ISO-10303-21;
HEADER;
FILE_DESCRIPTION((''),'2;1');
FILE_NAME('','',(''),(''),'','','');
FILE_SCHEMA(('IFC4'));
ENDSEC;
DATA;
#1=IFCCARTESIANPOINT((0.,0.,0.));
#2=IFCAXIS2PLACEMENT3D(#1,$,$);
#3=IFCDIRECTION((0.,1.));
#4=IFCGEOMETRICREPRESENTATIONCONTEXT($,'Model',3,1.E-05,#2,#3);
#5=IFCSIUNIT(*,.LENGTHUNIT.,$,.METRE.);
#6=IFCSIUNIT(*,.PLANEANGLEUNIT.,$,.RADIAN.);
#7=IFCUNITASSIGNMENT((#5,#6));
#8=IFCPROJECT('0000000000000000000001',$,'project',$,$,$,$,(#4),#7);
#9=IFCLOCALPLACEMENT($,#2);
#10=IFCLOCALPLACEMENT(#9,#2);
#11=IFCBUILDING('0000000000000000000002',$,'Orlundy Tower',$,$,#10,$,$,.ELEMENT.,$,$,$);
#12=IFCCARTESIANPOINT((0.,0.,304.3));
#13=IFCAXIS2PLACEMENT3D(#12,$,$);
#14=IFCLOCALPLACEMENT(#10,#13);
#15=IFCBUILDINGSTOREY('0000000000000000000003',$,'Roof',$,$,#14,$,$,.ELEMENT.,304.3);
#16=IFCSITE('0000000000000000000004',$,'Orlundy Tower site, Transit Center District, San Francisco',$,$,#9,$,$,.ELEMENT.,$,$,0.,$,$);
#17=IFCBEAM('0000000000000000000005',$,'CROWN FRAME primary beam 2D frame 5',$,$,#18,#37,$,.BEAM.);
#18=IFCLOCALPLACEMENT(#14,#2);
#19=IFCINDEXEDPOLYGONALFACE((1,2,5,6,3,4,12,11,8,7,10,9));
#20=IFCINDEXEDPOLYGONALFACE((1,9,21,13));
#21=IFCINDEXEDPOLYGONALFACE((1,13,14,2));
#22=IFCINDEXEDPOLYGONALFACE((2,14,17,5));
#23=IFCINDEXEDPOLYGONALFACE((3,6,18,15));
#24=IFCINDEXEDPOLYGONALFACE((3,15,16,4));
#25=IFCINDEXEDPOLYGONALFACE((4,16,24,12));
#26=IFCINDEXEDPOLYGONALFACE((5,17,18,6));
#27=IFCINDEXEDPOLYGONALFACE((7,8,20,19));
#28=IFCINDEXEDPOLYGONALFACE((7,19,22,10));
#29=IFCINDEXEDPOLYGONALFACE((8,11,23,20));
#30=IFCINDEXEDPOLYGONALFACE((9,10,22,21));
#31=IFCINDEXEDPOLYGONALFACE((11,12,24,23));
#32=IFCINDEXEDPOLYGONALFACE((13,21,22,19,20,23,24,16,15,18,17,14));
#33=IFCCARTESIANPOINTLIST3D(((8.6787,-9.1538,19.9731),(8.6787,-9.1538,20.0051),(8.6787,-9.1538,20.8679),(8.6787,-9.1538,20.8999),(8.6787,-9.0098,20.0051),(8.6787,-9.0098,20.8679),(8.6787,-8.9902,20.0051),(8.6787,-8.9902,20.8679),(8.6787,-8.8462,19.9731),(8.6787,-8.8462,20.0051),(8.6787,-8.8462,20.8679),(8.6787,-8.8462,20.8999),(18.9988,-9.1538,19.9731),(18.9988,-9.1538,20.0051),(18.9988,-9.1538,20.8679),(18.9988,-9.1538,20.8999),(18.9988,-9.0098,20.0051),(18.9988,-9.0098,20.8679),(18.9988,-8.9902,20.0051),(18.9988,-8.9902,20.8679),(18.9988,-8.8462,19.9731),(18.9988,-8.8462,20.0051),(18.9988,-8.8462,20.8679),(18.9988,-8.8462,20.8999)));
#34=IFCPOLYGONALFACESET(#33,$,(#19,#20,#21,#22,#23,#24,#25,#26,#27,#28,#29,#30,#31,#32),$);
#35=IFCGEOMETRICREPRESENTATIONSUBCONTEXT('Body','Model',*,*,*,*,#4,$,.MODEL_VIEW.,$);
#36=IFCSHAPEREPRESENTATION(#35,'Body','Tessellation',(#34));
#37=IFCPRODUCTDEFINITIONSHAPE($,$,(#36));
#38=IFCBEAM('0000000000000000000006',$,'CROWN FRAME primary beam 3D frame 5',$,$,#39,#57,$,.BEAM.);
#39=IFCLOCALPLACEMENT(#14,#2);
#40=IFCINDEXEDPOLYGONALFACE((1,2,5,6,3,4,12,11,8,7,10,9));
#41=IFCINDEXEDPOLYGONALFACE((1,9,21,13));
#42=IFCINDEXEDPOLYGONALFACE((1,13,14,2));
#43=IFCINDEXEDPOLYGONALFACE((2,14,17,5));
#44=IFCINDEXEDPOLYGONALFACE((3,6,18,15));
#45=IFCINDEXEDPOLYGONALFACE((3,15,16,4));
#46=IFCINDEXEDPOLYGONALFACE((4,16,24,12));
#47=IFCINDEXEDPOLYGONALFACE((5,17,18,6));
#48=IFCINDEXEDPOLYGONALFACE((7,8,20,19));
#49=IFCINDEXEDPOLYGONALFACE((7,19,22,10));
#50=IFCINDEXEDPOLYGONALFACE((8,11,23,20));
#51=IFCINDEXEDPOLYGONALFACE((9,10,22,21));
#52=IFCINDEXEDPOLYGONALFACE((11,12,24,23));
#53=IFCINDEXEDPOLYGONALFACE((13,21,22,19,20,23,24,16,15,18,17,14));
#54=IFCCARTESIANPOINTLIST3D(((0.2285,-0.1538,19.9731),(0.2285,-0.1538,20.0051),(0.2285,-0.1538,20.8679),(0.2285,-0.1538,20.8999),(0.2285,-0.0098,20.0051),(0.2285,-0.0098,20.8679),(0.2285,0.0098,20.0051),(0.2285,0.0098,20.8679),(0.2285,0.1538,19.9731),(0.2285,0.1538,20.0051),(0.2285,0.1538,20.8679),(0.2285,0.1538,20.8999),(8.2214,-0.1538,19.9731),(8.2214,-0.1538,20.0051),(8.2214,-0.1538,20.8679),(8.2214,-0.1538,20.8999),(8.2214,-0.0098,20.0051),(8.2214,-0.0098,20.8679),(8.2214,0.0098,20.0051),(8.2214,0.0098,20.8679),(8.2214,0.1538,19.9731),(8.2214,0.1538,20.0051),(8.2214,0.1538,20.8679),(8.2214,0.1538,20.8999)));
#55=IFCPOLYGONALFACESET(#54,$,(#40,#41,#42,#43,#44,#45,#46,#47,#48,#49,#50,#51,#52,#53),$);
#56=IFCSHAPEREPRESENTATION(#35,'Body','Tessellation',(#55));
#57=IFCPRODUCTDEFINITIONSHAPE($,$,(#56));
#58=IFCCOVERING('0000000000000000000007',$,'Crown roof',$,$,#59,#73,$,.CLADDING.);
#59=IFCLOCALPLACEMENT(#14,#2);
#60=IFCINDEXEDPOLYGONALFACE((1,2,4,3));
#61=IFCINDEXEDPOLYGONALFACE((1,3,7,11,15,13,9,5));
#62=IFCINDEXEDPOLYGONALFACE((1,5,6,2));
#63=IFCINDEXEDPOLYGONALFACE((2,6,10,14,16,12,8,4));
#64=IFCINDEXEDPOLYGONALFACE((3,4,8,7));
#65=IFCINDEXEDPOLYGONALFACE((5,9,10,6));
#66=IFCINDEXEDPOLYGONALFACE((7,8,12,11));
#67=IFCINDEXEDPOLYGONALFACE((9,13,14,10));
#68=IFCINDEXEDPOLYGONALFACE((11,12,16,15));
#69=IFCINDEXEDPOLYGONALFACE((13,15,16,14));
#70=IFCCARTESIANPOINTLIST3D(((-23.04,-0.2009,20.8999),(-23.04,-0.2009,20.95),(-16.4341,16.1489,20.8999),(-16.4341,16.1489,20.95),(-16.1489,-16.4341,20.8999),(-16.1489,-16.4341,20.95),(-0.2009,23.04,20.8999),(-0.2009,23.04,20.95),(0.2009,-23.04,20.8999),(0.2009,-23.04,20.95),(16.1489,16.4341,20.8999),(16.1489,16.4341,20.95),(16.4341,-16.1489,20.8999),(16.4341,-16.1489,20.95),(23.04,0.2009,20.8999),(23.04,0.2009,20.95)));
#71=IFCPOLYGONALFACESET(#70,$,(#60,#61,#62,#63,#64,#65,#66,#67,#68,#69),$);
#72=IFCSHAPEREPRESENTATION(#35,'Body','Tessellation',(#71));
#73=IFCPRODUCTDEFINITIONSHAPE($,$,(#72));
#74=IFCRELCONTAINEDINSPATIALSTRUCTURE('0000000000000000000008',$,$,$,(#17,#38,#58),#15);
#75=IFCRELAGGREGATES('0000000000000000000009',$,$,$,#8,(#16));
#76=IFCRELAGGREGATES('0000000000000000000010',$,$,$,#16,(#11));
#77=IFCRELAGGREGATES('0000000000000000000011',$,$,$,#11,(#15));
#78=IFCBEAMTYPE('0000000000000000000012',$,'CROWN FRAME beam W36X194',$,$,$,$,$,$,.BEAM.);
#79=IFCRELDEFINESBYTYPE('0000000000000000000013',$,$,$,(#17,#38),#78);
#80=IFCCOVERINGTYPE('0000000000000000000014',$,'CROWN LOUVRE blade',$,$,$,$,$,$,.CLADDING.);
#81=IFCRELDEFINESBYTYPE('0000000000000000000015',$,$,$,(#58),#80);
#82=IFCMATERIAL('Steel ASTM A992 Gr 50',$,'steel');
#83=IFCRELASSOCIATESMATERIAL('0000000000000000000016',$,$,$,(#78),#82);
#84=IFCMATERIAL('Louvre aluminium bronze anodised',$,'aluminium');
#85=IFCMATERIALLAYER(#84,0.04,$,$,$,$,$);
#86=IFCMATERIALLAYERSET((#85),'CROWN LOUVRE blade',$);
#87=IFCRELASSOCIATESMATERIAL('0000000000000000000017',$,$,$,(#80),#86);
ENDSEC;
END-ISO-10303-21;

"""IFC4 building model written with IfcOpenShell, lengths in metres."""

from ifc_helpers import new_model, si_unit, direction, frame, origin, origin_2d, place, context, subcontext, project, spatial, polyline, i_section, outline, extrude, material, layer, layer_set, material_profile, profile_set, type_object, element, save


model = new_model("IFC4")

# Units and contexts
model_context = context("Model", 3, precision=1e-05, world=origin(), true_north=direction((0.0, 1.0)))
body_context = subcontext(model_context, "Body", "Model", "MODEL_VIEW")
ifc_project = project(units=[si_unit("LENGTHUNIT", "METRE"), si_unit("PLANEANGLEUNIT", "RADIAN")], contexts=[model_context])

# Site, building, storey
site_placement = place(None, origin())
site = spatial("IfcSite", under=ifc_project, at=site_placement, Name="Orlundy Tower site, Transit Center District, San Francisco", CompositionType="ELEMENT", RefElevation=0.0)
building_placement = place(site_placement, origin())
building = spatial("IfcBuilding", under=site, at=building_placement, Name="Orlundy Tower", CompositionType="ELEMENT")
storey_placement = place(building_placement, frame((0.0, 0.0, 304.3)))
storey = spatial("IfcBuildingStorey", under=building, at=storey_placement, Name="Roof", CompositionType="ELEMENT", Elevation=304.3)

# Beams
ifc_material_1 = material(Name="Steel ASTM A992 Gr 50", Category="steel")
ifc_material_profile_1 = material_profile(ifc_material_1, i_section(OverallWidth=0.3076, OverallDepth=0.9268, WebThickness=0.0195, FlangeThickness=0.032, at=origin_2d()), Name="W36X194")
ifc_profile_set_1 = profile_set([ifc_material_profile_1], Name="Steel ASTM A992 Gr 50")
beam_type_1 = type_object("IfcBeamType", Name="CROWN FRAME beam W36X194", PredefinedType="BEAM", material=ifc_profile_set_1)
beam_1_placement = place(storey_placement, frame((8.6787, -9.0, 20.4365), z_axis=(1.0, 0.0, 0.0), x_axis=(0.0, 1.0, 0.0)))
element("IfcBeam", 1, at=beam_1_placement, inside=storey, type_object=beam_type_1, Name="CROWN FRAME primary beam 2D frame 5", PredefinedType="BEAM", context=body_context, shape_type="SweptSolid", body=[
    extrude(i_section(OverallWidth=0.3076, OverallDepth=0.9268, WebThickness=0.0195, FlangeThickness=0.032, at=origin_2d()), origin(), (0.0, 0.0, 1.0), 10.3201),
])
beam_2_placement = place(storey_placement, frame((0.2285, 0.0, 20.4365), z_axis=(1.0, 0.0, 0.0), x_axis=(0.0, 1.0, 0.0)))
element("IfcBeam", 2, at=beam_2_placement, inside=storey, type_object=beam_type_1, Name="CROWN FRAME primary beam 3D frame 5", PredefinedType="BEAM", context=body_context, shape_type="SweptSolid", body=[
    extrude(i_section(OverallWidth=0.3076, OverallDepth=0.9268, WebThickness=0.0195, FlangeThickness=0.032, at=origin_2d()), origin(), (0.0, 0.0, 1.0), 7.9929),
])

# Covering
ifc_material_2 = material(Name="Louvre aluminium bronze anodised", Category="aluminium")
ifc_layer = layer(ifc_material_2, 0.04)
ifc_layer_set = layer_set([ifc_layer], Name="CROWN LOUVRE blade")
covering_type = type_object("IfcCoveringType", Name="CROWN LOUVRE blade", PredefinedType="CLADDING", material=ifc_layer_set)
covering_placement = place(storey_placement, frame((0.0, 0.0, 20.8999)))
element("IfcCovering", 3, at=covering_placement, inside=storey, type_object=covering_type, Name="Crown roof", PredefinedType="CLADDING", context=body_context, shape_type="SweptSolid", body=[
    extrude(outline(polyline([(16.1489, 16.4341), (23.04, 0.2009), (16.4341, -16.1489), (0.2009, -23.04), (-16.1489, -16.4341), (-23.04, -0.2009), (-16.4341, 16.1489), (-0.2009, 23.04), (16.1489, 16.4341)])), origin(), (0.0, 0.0, 1.0), 0.05),
])

save(model, "model.ifc")
